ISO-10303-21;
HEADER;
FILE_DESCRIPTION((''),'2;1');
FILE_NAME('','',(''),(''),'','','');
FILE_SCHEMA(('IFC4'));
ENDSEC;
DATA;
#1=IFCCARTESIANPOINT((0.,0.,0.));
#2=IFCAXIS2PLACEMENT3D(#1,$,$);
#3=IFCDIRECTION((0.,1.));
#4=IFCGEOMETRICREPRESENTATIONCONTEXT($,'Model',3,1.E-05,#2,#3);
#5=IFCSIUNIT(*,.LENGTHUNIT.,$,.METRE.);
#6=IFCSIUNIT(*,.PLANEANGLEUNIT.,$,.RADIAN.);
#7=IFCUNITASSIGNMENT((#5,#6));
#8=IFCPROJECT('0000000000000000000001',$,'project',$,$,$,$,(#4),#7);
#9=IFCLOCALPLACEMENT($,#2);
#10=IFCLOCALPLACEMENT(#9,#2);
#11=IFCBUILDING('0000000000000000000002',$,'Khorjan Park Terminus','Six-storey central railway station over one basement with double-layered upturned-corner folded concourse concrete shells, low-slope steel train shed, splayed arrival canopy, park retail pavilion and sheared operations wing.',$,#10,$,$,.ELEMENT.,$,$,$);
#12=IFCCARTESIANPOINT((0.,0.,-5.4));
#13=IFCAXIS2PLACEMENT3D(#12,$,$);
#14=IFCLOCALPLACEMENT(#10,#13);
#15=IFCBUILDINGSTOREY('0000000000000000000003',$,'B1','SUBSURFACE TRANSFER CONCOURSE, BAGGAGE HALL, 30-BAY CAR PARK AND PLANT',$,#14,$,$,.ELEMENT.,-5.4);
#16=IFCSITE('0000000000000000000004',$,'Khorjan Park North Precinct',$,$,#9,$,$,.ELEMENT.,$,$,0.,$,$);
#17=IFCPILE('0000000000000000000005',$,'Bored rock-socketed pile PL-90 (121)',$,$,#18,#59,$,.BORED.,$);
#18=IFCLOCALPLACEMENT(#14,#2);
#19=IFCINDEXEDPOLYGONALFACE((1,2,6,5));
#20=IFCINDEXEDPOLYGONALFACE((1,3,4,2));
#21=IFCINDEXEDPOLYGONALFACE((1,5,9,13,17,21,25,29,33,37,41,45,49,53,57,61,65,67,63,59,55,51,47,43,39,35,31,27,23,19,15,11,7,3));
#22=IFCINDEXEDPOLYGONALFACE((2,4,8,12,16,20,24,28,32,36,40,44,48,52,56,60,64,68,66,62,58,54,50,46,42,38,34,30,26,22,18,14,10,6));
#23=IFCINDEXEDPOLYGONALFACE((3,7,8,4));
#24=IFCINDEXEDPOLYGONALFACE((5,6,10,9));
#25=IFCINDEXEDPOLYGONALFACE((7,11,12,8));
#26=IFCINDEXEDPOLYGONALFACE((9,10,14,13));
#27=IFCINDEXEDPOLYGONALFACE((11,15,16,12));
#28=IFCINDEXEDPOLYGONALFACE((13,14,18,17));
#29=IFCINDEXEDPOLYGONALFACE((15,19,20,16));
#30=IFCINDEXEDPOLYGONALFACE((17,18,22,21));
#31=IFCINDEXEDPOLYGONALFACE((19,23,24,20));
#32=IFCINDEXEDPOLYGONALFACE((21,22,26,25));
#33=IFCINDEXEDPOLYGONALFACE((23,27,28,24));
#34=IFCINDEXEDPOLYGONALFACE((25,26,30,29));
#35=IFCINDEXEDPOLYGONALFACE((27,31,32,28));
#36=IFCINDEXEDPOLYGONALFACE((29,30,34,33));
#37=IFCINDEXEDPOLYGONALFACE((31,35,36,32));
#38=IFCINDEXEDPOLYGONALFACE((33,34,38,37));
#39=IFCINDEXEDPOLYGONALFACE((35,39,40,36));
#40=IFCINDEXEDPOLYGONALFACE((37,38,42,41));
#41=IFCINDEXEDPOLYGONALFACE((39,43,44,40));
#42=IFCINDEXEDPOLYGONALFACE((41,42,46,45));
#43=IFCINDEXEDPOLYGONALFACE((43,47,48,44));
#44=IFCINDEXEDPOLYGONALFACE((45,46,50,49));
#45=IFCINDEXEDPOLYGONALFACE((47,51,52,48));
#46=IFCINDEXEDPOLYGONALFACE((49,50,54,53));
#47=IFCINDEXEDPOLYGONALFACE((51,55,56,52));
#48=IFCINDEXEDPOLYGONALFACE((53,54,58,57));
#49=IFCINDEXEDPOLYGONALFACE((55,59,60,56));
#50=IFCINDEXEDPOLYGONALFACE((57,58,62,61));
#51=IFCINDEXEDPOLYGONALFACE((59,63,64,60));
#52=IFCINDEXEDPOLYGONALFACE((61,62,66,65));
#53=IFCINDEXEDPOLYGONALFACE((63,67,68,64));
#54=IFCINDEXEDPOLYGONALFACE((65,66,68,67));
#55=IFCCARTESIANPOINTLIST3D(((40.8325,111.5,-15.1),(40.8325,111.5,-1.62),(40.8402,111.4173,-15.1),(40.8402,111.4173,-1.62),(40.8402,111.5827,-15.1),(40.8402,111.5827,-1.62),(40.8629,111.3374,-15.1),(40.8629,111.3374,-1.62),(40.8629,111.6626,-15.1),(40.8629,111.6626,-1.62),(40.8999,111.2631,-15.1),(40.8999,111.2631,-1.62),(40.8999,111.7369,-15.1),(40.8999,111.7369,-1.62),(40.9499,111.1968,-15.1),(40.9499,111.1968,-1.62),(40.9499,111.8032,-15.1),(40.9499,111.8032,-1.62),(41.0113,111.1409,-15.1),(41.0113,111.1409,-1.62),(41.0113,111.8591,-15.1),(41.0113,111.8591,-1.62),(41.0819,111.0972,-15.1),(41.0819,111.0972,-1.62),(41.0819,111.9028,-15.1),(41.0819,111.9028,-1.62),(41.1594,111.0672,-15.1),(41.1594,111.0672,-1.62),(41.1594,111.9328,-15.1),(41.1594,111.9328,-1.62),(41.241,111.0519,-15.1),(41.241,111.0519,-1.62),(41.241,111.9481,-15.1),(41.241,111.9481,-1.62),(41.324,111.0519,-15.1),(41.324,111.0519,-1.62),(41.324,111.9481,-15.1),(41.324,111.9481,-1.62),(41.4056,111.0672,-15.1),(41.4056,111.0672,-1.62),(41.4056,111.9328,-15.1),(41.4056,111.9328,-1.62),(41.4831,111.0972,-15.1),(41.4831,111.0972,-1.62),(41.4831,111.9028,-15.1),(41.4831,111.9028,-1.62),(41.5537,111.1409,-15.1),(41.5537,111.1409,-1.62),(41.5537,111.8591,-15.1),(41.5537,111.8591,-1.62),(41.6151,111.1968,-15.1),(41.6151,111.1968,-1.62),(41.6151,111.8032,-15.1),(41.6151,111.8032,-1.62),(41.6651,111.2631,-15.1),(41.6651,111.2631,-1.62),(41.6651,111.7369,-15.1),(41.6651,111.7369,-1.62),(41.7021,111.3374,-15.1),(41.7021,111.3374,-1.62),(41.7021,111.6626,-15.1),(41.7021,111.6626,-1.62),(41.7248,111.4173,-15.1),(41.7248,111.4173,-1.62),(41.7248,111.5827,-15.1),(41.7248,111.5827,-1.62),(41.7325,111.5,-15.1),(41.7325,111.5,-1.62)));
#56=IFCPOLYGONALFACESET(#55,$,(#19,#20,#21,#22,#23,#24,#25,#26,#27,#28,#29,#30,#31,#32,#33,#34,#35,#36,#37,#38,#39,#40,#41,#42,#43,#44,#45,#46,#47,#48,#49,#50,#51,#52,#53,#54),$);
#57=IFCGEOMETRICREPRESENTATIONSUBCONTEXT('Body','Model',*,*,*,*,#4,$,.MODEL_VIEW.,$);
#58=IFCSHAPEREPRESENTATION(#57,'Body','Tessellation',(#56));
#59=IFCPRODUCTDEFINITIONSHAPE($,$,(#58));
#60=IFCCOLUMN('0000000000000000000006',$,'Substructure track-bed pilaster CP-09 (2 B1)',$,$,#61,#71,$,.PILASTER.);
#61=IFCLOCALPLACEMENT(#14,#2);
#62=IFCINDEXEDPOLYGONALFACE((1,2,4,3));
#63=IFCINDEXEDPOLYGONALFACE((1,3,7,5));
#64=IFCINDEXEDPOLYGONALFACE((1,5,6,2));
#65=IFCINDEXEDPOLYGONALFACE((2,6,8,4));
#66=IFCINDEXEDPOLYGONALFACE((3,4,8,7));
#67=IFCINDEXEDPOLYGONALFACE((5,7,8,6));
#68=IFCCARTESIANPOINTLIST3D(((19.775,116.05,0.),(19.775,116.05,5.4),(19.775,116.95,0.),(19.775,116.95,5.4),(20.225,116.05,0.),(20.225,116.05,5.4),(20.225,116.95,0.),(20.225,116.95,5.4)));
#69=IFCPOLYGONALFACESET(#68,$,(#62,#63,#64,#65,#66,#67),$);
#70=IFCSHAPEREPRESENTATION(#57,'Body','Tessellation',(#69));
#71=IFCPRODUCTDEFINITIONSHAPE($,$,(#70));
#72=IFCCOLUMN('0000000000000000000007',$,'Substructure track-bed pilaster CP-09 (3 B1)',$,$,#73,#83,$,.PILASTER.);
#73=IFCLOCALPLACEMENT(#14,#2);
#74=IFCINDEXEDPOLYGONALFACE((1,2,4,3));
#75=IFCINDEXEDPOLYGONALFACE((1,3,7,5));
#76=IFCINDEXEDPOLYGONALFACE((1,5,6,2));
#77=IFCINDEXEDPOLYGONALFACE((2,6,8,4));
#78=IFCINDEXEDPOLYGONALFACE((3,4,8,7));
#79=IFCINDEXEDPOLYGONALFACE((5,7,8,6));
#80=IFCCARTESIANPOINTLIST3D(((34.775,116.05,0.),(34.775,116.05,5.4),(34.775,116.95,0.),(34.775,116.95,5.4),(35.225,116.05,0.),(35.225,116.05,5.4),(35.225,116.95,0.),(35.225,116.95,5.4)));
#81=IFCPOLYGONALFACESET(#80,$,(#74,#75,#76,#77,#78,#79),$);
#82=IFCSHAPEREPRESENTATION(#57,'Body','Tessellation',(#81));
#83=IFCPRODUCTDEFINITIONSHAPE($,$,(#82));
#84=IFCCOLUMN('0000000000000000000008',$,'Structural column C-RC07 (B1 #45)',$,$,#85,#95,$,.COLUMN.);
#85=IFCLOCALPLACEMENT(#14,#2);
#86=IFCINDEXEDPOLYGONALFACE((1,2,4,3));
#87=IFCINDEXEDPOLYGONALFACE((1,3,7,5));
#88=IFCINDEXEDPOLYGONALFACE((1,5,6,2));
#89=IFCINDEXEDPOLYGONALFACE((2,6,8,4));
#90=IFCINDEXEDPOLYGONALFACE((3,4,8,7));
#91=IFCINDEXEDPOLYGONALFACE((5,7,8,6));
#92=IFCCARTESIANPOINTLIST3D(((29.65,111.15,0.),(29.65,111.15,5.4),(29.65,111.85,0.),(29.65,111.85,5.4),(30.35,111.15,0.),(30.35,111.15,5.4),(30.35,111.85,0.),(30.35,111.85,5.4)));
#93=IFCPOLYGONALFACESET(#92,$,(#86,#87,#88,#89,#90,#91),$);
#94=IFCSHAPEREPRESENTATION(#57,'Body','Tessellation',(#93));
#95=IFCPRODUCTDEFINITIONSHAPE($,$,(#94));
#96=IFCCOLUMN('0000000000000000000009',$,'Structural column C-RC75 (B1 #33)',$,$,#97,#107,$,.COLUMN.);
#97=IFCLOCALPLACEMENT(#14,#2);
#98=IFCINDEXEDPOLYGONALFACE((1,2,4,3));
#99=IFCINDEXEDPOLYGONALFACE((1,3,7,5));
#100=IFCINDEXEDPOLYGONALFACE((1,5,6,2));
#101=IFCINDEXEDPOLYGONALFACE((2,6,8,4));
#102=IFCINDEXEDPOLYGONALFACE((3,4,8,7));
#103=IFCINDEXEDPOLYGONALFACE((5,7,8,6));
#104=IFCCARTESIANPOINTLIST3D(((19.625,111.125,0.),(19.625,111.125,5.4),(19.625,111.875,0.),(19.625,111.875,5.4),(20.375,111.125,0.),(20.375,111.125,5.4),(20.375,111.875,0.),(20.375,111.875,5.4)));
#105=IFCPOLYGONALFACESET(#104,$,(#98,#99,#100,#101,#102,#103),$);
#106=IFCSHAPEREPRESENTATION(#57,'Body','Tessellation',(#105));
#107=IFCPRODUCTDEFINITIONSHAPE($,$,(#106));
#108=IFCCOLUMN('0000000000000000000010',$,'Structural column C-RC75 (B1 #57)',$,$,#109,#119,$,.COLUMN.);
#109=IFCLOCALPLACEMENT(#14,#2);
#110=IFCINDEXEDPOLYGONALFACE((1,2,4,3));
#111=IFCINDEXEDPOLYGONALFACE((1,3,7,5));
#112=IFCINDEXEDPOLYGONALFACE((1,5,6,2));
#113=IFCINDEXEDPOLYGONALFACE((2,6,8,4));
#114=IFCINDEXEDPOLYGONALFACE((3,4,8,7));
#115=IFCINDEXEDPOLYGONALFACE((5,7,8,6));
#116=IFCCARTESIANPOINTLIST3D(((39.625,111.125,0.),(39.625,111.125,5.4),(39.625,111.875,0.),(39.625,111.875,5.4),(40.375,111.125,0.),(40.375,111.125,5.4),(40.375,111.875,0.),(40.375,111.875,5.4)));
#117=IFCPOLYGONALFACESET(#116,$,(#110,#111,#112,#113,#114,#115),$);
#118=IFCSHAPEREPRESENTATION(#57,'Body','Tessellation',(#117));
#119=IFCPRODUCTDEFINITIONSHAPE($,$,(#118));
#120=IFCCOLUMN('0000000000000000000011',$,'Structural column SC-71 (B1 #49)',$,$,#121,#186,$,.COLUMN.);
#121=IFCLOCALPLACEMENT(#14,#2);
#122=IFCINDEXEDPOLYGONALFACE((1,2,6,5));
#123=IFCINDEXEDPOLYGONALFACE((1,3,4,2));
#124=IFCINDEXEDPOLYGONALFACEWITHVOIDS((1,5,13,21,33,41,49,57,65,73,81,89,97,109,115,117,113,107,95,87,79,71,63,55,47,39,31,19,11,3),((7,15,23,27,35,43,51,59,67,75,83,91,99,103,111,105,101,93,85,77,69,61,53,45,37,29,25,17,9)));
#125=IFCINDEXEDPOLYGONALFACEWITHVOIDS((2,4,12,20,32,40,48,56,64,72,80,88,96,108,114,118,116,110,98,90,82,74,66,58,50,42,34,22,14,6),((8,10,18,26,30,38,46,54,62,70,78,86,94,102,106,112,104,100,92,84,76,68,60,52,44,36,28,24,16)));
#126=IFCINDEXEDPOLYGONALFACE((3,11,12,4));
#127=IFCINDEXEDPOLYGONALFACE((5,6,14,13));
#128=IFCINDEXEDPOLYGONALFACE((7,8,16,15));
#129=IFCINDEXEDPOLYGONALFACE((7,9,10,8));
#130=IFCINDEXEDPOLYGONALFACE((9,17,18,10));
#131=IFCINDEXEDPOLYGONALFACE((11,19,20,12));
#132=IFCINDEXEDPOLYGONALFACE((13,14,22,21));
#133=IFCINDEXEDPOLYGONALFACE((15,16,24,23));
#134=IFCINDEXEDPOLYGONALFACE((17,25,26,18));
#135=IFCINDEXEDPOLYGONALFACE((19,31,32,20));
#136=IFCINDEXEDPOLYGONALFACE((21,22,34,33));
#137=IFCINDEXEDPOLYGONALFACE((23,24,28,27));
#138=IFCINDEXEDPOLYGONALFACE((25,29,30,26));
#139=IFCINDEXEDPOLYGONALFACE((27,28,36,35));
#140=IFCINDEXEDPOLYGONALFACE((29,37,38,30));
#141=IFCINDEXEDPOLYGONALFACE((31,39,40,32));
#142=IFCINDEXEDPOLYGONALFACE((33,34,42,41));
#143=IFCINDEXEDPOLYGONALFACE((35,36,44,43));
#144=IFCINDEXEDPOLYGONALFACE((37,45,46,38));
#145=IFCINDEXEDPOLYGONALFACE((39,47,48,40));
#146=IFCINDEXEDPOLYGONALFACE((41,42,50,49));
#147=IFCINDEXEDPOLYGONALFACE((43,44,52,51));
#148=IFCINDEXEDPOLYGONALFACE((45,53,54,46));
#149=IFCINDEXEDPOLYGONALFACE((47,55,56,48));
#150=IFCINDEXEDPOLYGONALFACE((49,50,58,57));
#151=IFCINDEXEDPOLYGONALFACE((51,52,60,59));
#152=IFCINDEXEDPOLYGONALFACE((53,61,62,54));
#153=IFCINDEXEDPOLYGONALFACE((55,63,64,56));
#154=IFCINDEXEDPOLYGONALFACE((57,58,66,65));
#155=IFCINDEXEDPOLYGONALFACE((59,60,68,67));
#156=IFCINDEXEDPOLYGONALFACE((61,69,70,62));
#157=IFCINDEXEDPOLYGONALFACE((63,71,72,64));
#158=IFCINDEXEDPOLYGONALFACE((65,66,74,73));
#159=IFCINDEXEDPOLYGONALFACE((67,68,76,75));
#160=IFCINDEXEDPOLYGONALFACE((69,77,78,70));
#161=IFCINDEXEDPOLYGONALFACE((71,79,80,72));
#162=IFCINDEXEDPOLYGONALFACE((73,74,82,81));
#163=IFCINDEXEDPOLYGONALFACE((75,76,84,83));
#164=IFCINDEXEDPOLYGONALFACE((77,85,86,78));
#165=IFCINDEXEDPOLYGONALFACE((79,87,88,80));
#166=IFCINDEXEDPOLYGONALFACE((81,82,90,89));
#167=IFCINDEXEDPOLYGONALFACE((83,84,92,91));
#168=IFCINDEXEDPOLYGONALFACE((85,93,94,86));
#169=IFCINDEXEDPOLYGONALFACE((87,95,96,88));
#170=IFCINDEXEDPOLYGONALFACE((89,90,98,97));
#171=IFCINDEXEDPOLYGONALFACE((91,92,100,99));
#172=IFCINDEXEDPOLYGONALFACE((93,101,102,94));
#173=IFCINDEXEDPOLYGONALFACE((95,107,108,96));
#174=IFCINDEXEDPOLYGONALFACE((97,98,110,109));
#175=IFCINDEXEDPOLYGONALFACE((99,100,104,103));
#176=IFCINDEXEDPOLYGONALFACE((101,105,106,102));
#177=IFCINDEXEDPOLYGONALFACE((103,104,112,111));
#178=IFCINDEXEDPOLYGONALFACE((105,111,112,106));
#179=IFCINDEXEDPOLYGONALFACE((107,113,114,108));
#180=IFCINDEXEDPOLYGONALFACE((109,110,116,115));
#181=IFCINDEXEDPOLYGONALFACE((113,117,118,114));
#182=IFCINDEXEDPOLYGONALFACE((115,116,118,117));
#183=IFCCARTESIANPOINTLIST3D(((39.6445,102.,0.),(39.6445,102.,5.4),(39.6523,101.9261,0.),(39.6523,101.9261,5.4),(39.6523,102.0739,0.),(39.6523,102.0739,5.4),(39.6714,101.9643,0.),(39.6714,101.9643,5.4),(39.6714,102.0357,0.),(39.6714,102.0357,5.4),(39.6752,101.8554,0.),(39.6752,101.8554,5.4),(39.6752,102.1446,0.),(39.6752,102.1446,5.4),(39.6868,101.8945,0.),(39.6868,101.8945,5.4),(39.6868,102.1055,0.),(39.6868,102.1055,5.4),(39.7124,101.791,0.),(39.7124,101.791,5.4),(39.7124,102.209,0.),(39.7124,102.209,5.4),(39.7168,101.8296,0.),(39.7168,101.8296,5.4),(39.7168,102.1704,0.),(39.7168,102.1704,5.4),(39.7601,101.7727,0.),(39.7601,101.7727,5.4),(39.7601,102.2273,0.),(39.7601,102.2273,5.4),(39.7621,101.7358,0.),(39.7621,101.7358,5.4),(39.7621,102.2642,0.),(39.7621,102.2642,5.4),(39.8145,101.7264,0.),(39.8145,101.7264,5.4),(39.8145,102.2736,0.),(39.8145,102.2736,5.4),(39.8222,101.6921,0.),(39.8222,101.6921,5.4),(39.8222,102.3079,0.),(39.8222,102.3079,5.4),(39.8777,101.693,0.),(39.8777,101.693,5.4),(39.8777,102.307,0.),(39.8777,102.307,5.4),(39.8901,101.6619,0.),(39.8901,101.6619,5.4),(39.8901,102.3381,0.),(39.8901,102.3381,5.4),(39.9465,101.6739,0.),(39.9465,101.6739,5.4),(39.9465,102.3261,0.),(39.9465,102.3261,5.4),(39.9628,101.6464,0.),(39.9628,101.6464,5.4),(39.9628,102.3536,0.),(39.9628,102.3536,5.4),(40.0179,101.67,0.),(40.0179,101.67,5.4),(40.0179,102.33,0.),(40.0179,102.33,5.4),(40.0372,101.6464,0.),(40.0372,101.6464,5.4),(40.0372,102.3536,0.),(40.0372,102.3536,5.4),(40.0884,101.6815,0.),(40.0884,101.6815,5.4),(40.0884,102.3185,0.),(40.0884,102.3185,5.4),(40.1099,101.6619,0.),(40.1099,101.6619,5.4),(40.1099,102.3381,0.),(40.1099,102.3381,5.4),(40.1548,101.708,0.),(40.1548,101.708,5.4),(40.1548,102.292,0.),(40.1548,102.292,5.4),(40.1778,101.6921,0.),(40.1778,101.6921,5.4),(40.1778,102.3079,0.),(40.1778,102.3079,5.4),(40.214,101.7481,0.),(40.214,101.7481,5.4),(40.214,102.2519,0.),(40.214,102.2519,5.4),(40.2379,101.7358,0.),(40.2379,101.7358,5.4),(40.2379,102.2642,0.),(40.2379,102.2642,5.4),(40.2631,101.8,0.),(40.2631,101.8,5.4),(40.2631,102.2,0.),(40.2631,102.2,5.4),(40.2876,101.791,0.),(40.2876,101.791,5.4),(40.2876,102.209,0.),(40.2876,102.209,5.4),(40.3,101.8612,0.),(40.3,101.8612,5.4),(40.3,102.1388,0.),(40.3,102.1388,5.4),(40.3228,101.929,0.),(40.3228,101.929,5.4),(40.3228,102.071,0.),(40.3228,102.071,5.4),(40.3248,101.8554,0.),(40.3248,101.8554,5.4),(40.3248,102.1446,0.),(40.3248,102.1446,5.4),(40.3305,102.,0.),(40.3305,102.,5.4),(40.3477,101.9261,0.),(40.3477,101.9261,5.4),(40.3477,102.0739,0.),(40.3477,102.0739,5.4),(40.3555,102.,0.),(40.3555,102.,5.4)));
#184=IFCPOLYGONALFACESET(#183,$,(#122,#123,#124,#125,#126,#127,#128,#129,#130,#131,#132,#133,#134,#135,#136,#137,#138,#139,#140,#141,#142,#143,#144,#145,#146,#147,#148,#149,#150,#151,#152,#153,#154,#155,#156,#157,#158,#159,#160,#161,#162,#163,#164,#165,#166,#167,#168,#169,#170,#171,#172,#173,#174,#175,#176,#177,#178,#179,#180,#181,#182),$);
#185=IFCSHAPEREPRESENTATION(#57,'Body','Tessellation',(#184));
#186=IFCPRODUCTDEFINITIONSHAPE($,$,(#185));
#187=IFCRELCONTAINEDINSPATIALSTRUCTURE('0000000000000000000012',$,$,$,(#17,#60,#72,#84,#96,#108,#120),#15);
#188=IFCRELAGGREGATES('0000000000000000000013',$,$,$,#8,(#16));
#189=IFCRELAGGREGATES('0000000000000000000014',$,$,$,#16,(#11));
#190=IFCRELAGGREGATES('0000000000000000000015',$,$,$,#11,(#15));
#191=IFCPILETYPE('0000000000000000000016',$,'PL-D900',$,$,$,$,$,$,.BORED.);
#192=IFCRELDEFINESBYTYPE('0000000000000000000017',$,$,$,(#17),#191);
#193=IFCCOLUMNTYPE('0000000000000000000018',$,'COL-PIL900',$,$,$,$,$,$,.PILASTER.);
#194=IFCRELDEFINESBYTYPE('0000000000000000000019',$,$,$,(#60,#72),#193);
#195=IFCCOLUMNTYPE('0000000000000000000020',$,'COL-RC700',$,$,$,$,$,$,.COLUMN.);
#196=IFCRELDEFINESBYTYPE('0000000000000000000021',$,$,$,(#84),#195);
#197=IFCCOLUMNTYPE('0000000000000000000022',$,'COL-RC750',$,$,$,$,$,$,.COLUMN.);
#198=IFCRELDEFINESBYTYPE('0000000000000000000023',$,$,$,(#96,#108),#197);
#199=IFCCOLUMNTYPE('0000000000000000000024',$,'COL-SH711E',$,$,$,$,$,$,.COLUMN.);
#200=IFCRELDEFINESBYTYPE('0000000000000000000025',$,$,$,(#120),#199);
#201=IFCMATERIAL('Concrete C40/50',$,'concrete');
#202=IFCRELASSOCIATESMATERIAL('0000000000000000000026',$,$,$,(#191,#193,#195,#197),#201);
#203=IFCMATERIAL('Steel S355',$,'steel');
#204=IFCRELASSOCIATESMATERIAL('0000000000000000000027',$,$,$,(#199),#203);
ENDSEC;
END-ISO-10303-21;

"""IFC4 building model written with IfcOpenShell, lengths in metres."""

from ifc_helpers import new_model, si_unit, direction, frame, origin, origin_2d, place, context, subcontext, project, spatial, rectangle, circle, hollow_circle, extrude, material, material_profile, profile_set, type_object, element, save


model = new_model("IFC4")

# Units and contexts
model_context = context("Model", 3, precision=1e-05, world=origin(), true_north=direction((0.0, 1.0)))
body_context = subcontext(model_context, "Body", "Model", "MODEL_VIEW")
ifc_project = project(units=[si_unit("LENGTHUNIT", "METRE"), si_unit("PLANEANGLEUNIT", "RADIAN")], contexts=[model_context])

# Site, building, storey
site_placement = place(None, origin())
site = spatial("IfcSite", under=ifc_project, at=site_placement, Name="Khorjan Park North Precinct", CompositionType="ELEMENT", RefElevation=0.0)
building_placement = place(site_placement, origin())
building = spatial("IfcBuilding", under=site, at=building_placement, Name="Khorjan Park Terminus", Description="Six-storey central railway station over one basement with double-layered upturned-corner folded concourse concrete shells, low-slope steel train shed, splayed arrival canopy, park retail pavilion and sheared operations wing.", CompositionType="ELEMENT")
storey_placement = place(building_placement, frame((0.0, 0.0, -5.4)))
storey = spatial("IfcBuildingStorey", under=building, at=storey_placement, Name="B1", Description="SUBSURFACE TRANSFER CONCOURSE, BAGGAGE HALL, 30-BAY CAR PARK AND PLANT", CompositionType="ELEMENT", Elevation=-5.4)

# Shared definitions
ifc_material_1 = material(Name="Concrete C40/50", Category="concrete")

# Pile
ifc_material_profile_1 = material_profile(ifc_material_1, circle(Radius=0.45, at=origin_2d()), Name="BORED D900")
ifc_profile_set_1 = profile_set([ifc_material_profile_1], Name="Concrete C40/50")
pile_type_1 = type_object("IfcPileType", Name="PL-D900", PredefinedType="BORED", material=ifc_profile_set_1)
for number, where, z_axis, x_axis, name in (
    (1, (41.2825, 111.5, -1.62), (0.0, 0.0, -1.0), (1.0, 0.0, 0.0), "Bored rock-socketed pile PL-90 (121)"),
):
    element("IfcPile", number, at=place(storey_placement, frame(where, z_axis=z_axis, x_axis=x_axis)), inside=storey, type_object=pile_type_1, Name=name, PredefinedType="BORED", context=body_context, shape_type="SweptSolid", body=[
        extrude(circle(Radius=0.45, at=origin_2d()), origin(), (0.0, 0.0, 1.0), 13.48),
    ])

# Columns
ifc_material_profile_2 = material_profile(ifc_material_1, rectangle(XDim=0.45, YDim=0.9, at=origin_2d()), Name="RC 450x900")
ifc_profile_set_2 = profile_set([ifc_material_profile_2], Name="Concrete C40/50")
column_type_1 = type_object("IfcColumnType", Name="COL-PIL900", PredefinedType="PILASTER", material=ifc_profile_set_2)
for number, where, z_axis, x_axis, name in (
    (2, (20.0, 116.5, 0.0), (0.0, 0.0, 1.0), (1.0, 0.0, 0.0), "Substructure track-bed pilaster CP-09 (2 B1)"),
    (3, (35.0, 116.5, 0.0), (0.0, 0.0, 1.0), (1.0, 0.0, 0.0), "Substructure track-bed pilaster CP-09 (3 B1)"),
):
    element("IfcColumn", number, at=place(storey_placement, frame(where, z_axis=z_axis, x_axis=x_axis)), inside=storey, type_object=column_type_1, Name=name, PredefinedType="PILASTER", context=body_context, shape_type="SweptSolid", body=[
        extrude(rectangle(XDim=0.45, YDim=0.9, at=origin_2d()), origin(), (0.0, 0.0, 1.0), 5.4),
    ])
ifc_material_profile_3 = material_profile(ifc_material_1, rectangle(XDim=0.7, YDim=0.7, at=origin_2d()), Name="RC 700x700")
ifc_profile_set_3 = profile_set([ifc_material_profile_3], Name="Concrete C40/50")
column_type_2 = type_object("IfcColumnType", Name="COL-RC700", PredefinedType="COLUMN", material=ifc_profile_set_3)
column_1_placement = place(storey_placement, frame((30.0, 111.5, 0.0), z_axis=(0.0, 0.0, 1.0), x_axis=(1.0, 0.0, 0.0)))
element("IfcColumn", 4, at=column_1_placement, inside=storey, type_object=column_type_2, Name="Structural column C-RC07 (B1 #45)", PredefinedType="COLUMN", context=body_context, shape_type="SweptSolid", body=[
    extrude(rectangle(XDim=0.7, YDim=0.7, at=origin_2d()), origin(), (0.0, 0.0, 1.0), 5.4),
])
ifc_material_profile_4 = material_profile(ifc_material_1, rectangle(XDim=0.75, YDim=0.75, at=origin_2d()), Name="RC 750x750")
ifc_profile_set_4 = profile_set([ifc_material_profile_4], Name="Concrete C40/50")
column_type_3 = type_object("IfcColumnType", Name="COL-RC750", PredefinedType="COLUMN", material=ifc_profile_set_4)
for number, where, z_axis, x_axis, name in (
    (5, (20.0, 111.5, 0.0), (0.0, 0.0, 1.0), (1.0, 0.0, 0.0), "Structural column C-RC75 (B1 #33)"),
    (6, (40.0, 111.5, 0.0), (0.0, 0.0, 1.0), (1.0, 0.0, 0.0), "Structural column C-RC75 (B1 #57)"),
):
    element("IfcColumn", number, at=place(storey_placement, frame(where, z_axis=z_axis, x_axis=x_axis)), inside=storey, type_object=column_type_3, Name=name, PredefinedType="COLUMN", context=body_context, shape_type="SweptSolid", body=[
        extrude(rectangle(XDim=0.75, YDim=0.75, at=origin_2d()), origin(), (0.0, 0.0, 1.0), 5.4),
    ])
ifc_material_2 = material(Name="Steel S355", Category="steel")
ifc_material_profile_5 = material_profile(ifc_material_2, hollow_circle(Radius=0.3555, WallThickness=0.025, at=origin_2d()), Name="CHS 711x25")
ifc_profile_set_5 = profile_set([ifc_material_profile_5], Name="Steel S355")
column_type_4 = type_object("IfcColumnType", Name="COL-SH711E", PredefinedType="COLUMN", material=ifc_profile_set_5)
column_2_placement = place(storey_placement, frame((40.0, 102.0, 0.0), z_axis=(0.0, 0.0, 1.0), x_axis=(1.0, 0.0, 0.0)))
element("IfcColumn", 7, at=column_2_placement, inside=storey, type_object=column_type_4, Name="Structural column SC-71 (B1 #49)", PredefinedType="COLUMN", context=body_context, shape_type="SweptSolid", body=[
    extrude(hollow_circle(Radius=0.3555, WallThickness=0.025, at=origin_2d()), origin(), (0.0, 0.0, 1.0), 5.4),
])

save(model, "model.ifc")
